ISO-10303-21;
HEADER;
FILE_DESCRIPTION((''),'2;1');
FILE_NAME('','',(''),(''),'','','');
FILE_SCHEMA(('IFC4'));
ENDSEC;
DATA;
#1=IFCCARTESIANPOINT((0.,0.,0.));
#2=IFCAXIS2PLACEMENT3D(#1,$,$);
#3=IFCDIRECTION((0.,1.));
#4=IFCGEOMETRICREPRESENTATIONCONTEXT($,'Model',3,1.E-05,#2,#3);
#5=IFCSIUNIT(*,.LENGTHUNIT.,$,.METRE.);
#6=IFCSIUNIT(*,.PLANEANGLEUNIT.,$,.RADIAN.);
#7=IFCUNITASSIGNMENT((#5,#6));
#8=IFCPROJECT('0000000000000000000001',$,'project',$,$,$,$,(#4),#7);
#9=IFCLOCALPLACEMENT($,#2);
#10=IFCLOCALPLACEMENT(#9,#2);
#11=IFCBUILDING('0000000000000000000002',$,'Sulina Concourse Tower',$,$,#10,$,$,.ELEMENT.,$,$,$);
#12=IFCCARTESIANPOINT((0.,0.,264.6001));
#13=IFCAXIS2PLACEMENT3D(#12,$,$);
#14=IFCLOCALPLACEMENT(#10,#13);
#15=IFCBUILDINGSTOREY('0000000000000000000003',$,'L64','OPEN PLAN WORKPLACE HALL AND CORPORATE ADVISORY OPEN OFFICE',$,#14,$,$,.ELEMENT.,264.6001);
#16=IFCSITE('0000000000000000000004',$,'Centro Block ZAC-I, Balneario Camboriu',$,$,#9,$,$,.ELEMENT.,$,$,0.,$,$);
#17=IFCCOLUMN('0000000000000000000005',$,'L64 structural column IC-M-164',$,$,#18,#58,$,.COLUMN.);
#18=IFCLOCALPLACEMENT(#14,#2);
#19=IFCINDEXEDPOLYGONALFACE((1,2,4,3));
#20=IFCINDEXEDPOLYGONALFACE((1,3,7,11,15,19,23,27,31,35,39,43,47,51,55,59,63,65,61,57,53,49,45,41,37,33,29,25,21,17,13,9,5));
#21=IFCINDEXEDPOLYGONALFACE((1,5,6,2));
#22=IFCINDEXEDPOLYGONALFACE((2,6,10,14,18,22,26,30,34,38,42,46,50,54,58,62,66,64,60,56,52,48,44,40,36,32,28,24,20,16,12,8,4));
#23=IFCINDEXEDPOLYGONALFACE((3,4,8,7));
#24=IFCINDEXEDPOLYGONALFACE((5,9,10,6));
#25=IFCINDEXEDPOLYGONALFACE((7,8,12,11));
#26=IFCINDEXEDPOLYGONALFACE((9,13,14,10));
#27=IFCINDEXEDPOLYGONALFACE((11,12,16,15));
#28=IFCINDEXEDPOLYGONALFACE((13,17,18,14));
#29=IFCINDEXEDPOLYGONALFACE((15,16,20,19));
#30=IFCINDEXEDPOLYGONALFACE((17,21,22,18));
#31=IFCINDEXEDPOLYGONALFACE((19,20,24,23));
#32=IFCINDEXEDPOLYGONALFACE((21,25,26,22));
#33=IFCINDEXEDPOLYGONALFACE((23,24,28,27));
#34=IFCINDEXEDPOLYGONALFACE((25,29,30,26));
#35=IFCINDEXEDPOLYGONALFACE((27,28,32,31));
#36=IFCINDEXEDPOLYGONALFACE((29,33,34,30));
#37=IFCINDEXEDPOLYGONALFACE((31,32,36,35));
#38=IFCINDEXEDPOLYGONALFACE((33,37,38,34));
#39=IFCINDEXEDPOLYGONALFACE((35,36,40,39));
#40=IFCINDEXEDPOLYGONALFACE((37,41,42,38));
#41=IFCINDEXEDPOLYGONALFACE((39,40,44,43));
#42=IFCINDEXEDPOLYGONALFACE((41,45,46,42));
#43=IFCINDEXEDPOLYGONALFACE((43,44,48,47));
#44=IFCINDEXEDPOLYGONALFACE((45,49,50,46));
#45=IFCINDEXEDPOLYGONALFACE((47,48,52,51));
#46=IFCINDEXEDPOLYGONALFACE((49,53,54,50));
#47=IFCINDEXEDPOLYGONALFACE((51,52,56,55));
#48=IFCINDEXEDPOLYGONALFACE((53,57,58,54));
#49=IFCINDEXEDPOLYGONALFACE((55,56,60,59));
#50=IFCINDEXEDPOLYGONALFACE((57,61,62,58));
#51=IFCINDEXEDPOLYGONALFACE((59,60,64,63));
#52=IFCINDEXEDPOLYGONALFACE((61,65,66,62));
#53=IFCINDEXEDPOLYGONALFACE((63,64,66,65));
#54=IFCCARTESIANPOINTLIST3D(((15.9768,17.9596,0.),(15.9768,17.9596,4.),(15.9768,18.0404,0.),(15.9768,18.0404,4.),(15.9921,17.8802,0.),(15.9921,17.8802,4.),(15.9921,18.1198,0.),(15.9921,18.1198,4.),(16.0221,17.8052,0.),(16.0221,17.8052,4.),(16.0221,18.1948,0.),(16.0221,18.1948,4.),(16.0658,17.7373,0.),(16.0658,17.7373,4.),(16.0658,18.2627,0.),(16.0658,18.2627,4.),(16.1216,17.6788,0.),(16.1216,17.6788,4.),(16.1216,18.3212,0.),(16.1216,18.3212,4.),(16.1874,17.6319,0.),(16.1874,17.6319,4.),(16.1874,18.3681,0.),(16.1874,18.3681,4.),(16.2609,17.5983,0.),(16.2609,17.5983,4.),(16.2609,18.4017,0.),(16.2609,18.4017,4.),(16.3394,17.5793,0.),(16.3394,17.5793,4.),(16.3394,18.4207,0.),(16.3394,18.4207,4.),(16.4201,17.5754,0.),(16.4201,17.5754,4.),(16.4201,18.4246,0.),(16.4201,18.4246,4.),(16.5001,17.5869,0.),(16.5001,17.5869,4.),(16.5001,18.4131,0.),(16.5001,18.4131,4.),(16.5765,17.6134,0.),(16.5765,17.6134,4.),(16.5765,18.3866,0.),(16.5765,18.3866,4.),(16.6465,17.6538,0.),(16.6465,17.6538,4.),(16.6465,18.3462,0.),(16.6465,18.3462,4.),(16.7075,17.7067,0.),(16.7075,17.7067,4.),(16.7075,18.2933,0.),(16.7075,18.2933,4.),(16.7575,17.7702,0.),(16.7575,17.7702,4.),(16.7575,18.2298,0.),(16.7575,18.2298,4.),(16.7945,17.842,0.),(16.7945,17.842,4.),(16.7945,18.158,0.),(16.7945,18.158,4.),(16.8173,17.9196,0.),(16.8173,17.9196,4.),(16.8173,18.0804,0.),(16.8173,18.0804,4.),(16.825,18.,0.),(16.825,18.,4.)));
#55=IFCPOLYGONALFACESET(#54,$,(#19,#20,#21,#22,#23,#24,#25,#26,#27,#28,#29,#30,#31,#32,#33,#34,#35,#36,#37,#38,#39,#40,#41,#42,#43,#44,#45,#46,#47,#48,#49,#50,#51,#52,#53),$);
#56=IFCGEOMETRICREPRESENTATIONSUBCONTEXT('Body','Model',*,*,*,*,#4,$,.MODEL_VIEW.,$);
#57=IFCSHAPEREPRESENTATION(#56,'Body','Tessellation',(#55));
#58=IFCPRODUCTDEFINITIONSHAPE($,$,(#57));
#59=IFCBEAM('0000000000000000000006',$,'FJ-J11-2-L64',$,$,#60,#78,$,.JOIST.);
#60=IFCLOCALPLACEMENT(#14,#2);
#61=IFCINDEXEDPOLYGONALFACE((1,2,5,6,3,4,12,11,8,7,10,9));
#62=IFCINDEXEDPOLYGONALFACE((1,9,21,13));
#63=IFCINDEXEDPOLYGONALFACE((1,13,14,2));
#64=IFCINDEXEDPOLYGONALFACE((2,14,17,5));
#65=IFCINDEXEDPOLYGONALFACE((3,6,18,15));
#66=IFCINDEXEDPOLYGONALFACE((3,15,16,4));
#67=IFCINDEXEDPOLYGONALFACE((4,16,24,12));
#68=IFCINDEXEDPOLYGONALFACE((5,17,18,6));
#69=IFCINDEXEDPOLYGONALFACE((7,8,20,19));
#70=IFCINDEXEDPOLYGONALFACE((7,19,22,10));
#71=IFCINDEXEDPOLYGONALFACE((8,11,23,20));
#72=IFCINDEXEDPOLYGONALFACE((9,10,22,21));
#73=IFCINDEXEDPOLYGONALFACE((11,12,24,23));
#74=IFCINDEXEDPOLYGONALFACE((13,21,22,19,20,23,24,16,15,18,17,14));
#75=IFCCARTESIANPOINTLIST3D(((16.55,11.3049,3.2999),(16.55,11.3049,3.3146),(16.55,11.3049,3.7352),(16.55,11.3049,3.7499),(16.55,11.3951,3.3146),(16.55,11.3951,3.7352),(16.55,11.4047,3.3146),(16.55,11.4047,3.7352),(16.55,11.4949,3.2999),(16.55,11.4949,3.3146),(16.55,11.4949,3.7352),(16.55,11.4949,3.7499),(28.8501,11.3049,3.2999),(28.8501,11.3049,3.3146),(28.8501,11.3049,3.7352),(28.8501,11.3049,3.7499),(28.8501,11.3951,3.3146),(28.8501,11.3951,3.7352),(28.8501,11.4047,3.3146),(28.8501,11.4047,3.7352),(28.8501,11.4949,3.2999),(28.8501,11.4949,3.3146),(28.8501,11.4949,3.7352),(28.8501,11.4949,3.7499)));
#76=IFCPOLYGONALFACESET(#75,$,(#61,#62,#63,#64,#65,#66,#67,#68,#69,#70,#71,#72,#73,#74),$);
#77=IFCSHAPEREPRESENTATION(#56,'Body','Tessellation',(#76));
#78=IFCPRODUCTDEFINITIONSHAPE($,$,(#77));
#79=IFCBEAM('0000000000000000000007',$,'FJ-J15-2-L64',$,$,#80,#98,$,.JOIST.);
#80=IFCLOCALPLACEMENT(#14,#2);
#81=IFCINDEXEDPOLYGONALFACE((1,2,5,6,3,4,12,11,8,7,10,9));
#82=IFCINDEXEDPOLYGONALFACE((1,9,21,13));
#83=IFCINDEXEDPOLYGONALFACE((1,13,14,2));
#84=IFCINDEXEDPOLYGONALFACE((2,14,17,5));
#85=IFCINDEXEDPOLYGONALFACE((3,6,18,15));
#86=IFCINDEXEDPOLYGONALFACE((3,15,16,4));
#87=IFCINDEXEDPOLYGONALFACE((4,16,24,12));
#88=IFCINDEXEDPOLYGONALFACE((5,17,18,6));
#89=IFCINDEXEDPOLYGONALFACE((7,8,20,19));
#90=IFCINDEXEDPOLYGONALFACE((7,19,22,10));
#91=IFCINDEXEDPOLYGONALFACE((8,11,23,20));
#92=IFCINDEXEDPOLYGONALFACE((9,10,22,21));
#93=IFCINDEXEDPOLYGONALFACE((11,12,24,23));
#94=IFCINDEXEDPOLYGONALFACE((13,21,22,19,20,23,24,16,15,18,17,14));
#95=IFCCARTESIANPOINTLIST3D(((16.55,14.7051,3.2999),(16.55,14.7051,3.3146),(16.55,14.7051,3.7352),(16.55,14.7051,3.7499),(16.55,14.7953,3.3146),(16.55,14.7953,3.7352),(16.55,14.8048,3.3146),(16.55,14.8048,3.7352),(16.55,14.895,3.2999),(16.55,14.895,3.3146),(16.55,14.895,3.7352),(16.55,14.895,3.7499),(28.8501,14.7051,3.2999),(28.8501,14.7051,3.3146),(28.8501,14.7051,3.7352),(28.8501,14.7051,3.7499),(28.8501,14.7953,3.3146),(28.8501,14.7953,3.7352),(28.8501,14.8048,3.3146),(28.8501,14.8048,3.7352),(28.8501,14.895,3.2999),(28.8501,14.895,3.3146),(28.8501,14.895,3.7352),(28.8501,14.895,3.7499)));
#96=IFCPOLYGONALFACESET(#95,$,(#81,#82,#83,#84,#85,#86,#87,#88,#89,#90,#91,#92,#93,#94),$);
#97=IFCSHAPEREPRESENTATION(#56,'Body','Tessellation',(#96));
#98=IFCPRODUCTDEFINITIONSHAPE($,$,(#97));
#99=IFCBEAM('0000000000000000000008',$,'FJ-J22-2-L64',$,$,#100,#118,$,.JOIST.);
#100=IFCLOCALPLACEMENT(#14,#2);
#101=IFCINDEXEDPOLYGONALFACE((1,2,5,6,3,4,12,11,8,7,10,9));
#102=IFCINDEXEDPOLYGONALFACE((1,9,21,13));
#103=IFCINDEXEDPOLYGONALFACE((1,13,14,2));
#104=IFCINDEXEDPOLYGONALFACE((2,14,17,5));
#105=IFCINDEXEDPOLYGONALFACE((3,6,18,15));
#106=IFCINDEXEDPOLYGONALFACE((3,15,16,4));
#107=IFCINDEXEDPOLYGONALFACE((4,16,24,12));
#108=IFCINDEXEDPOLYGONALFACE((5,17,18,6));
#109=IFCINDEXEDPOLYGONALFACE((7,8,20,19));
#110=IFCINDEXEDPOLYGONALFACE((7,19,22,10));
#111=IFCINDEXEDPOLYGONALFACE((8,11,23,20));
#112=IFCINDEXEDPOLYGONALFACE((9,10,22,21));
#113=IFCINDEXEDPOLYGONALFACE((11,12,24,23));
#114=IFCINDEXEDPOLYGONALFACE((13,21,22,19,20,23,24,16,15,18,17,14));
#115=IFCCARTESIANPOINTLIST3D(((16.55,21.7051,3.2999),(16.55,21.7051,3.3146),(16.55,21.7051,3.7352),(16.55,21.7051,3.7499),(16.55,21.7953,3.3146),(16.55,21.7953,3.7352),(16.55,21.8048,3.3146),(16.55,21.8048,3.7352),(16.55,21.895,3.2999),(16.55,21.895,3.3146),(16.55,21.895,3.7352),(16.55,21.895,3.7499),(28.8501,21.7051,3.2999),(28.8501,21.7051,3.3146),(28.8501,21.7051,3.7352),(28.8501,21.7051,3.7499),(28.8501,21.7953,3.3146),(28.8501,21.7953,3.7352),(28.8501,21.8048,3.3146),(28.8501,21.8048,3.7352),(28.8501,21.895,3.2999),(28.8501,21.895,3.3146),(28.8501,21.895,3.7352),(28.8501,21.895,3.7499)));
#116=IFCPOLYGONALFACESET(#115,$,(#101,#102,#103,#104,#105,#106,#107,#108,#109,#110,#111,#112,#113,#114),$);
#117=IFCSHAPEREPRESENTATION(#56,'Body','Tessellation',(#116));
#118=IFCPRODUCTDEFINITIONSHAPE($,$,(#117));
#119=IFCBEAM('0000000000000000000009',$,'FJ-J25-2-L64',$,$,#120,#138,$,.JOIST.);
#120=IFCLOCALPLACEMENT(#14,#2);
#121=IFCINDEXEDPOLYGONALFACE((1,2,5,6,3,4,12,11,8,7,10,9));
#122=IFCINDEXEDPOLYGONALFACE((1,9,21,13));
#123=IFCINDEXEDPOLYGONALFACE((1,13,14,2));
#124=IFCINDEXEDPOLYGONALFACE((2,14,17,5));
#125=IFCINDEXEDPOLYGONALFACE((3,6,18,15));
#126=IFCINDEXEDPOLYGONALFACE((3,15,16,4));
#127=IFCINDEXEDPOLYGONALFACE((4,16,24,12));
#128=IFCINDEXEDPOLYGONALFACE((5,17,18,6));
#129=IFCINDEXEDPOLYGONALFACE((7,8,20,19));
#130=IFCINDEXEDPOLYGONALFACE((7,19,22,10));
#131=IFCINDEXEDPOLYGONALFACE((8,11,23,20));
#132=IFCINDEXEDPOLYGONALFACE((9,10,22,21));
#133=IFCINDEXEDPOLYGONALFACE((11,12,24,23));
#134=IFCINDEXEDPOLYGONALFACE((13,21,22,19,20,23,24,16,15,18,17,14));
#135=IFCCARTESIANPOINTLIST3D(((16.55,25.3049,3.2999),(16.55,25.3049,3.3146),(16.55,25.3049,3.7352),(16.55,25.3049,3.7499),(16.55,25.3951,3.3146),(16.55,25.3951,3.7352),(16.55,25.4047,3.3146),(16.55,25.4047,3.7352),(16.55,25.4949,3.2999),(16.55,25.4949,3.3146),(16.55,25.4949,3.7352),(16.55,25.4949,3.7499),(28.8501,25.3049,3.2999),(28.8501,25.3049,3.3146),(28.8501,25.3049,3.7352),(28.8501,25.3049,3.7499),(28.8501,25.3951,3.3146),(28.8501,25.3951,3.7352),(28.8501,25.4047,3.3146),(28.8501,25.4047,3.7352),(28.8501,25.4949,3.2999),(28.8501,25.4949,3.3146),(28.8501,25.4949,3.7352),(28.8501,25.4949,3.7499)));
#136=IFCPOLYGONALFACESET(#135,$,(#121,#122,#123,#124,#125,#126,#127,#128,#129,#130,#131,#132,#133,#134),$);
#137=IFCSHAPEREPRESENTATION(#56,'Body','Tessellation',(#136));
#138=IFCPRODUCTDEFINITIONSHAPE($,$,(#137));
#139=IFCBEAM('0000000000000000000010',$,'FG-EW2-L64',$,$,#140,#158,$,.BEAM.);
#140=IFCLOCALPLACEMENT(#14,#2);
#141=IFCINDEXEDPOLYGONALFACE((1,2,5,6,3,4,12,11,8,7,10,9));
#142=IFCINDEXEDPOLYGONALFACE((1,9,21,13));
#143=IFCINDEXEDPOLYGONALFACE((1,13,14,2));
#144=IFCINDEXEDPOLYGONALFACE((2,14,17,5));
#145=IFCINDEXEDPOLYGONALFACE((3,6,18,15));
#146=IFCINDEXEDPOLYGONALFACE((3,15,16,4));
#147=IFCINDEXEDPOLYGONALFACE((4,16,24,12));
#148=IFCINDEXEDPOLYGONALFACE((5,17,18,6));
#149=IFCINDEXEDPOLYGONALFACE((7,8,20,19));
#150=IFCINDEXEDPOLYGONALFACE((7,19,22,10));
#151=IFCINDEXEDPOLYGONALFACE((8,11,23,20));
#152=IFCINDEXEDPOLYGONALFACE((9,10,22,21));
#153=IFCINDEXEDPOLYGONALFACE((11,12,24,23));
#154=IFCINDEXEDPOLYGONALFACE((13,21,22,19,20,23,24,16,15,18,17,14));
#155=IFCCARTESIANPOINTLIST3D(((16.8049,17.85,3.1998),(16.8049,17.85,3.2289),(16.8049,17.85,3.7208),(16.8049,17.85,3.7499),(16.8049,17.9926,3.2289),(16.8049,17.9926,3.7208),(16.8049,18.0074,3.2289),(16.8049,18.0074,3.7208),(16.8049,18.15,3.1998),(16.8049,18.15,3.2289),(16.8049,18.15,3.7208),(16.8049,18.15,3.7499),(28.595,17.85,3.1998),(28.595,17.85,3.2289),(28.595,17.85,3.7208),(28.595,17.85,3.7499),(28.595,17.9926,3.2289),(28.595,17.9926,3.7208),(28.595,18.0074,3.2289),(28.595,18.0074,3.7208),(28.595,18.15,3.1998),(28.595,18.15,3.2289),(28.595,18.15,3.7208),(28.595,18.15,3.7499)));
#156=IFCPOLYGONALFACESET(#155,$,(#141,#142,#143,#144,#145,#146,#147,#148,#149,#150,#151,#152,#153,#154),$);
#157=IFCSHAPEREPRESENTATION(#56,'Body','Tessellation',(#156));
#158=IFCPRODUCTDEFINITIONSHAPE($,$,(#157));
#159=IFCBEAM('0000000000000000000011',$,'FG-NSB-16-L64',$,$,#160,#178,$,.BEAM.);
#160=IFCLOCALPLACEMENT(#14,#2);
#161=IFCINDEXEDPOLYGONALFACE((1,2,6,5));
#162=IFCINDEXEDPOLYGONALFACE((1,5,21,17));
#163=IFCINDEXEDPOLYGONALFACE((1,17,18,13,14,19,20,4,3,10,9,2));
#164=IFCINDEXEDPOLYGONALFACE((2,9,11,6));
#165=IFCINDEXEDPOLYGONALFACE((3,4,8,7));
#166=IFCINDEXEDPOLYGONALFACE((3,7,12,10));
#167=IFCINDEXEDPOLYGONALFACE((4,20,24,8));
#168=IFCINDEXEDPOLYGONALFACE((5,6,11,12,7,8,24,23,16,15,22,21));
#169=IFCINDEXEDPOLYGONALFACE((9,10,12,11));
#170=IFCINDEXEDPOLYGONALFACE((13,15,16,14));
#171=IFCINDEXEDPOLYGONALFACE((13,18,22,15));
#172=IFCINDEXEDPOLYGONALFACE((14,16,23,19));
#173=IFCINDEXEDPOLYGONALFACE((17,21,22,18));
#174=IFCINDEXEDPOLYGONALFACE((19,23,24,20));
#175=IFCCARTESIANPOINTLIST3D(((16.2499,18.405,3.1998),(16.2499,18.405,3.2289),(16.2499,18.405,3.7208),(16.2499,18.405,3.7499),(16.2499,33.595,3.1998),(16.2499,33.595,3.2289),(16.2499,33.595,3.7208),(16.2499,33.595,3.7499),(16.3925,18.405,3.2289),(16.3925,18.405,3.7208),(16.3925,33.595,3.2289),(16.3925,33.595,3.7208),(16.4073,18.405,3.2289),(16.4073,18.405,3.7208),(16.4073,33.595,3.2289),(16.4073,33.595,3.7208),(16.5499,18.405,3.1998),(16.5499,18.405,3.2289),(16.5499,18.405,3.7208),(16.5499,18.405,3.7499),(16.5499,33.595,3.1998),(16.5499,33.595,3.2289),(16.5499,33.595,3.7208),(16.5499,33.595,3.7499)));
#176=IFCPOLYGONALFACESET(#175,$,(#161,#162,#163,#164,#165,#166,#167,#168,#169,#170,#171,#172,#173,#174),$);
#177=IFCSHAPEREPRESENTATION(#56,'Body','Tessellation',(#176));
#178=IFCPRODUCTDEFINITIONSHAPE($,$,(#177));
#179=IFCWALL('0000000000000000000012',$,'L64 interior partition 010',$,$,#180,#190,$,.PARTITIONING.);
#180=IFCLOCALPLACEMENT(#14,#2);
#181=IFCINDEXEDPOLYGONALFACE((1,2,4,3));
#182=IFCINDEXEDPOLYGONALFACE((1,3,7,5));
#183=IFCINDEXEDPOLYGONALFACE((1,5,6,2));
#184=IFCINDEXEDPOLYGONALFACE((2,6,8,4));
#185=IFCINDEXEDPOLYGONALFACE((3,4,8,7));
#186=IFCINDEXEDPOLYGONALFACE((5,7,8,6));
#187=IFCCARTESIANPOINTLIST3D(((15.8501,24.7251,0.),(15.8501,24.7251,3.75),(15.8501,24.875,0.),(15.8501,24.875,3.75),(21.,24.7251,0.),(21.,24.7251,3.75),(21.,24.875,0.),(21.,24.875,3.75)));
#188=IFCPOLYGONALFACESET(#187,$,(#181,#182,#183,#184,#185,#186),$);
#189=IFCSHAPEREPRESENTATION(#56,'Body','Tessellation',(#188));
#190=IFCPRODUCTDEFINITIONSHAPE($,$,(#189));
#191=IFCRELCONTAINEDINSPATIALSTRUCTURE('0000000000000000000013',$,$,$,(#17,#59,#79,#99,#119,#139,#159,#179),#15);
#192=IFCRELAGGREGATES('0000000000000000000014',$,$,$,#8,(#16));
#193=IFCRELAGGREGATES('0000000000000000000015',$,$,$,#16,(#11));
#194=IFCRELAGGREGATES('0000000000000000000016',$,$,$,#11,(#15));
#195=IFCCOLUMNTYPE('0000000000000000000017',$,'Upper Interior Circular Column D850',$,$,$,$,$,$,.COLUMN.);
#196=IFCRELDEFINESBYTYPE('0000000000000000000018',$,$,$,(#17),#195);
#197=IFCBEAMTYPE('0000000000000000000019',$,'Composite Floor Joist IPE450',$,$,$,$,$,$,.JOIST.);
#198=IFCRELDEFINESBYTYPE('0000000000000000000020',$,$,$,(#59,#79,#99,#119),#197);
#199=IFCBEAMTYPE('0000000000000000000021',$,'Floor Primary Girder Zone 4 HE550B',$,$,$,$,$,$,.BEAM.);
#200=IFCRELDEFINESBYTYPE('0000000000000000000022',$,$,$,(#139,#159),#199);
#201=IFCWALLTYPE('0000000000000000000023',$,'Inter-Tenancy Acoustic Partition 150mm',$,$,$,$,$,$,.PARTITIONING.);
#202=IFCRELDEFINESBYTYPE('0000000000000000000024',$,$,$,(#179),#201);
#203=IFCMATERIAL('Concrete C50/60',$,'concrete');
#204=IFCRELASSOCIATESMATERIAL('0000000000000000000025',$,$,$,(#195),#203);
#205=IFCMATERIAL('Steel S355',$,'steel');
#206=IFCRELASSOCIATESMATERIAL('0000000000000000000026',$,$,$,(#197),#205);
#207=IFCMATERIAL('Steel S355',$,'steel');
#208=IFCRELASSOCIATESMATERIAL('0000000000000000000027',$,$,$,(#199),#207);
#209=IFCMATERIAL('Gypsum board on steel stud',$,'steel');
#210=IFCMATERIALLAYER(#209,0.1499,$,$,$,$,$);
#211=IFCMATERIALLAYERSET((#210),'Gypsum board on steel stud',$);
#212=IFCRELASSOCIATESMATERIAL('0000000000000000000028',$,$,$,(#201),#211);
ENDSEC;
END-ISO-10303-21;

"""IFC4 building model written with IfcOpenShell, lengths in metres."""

from ifc_helpers import new_model, si_unit, direction, frame, frame_2d, origin, origin_2d, place, context, subcontext, project, spatial, rectangle, circle, i_section, extrude, material, layer, layer_set, material_profile, profile_set, type_object, element, save


model = new_model("IFC4")

# Units and contexts
model_context = context("Model", 3, precision=1e-05, world=origin(), true_north=direction((0.0, 1.0)))
body_context = subcontext(model_context, "Body", "Model", "MODEL_VIEW")
ifc_project = project(units=[si_unit("LENGTHUNIT", "METRE"), si_unit("PLANEANGLEUNIT", "RADIAN")], contexts=[model_context])

# Site, building, storey
site_placement = place(None, origin())
site = spatial("IfcSite", under=ifc_project, at=site_placement, Name="Centro Block ZAC-I, Balneario Camboriu", CompositionType="ELEMENT", RefElevation=0.0)
building_placement = place(site_placement, origin())
building = spatial("IfcBuilding", under=site, at=building_placement, Name="Sulina Concourse Tower", CompositionType="ELEMENT")
storey_placement = place(building_placement, frame((0.0, 0.0, 264.6001)))
storey = spatial("IfcBuildingStorey", under=building, at=storey_placement, Name="L64", Description="OPEN PLAN WORKPLACE HALL AND CORPORATE ADVISORY OPEN OFFICE", CompositionType="ELEMENT", Elevation=264.6001)

# Column
ifc_material_1 = material(Name="Concrete C50/60", Category="concrete")
ifc_material_profile_1 = material_profile(ifc_material_1, circle(Radius=0.425, at=origin_2d()), Name="RC D850")
ifc_profile_set_1 = profile_set([ifc_material_profile_1], Name="Concrete C50/60")
column_type = type_object("IfcColumnType", Name="Upper Interior Circular Column D850", PredefinedType="COLUMN", material=ifc_profile_set_1)
column_placement = place(storey_placement, frame((16.3999, 18.0, 0.0), z_axis=(0.0, 0.0, 1.0), x_axis=(1.0, 0.0, 0.0)))
element("IfcColumn", 1, at=column_placement, inside=storey, type_object=column_type, Name="L64 structural column IC-M-164", PredefinedType="COLUMN", context=body_context, shape_type="SweptSolid", body=[
    extrude(circle(Radius=0.425, at=origin_2d()), origin(), (0.0, 0.0, 1.0), 4.0),
])

# Beams
ifc_material_2 = material(Name="Steel S355", Category="steel")
ifc_material_profile_2 = material_profile(ifc_material_2, i_section(OverallWidth=0.1899, OverallDepth=0.45, WebThickness=0.0095, FlangeThickness=0.0146, at=origin_2d()), Name="IPE 450")
ifc_profile_set_2 = profile_set([ifc_material_profile_2], Name="Steel S355")
beam_type_1 = type_object("IfcBeamType", Name="Composite Floor Joist IPE450", PredefinedType="JOIST", material=ifc_profile_set_2)
for number, where, z_axis, x_axis, name in (
    (2, (16.55, 11.3999, 3.5249), (1.0, 0.0, 0.0), (0.0, 1.0, 0.0), "FJ-J11-2-L64"),
    (3, (16.55, 14.8, 3.5249), (1.0, 0.0, 0.0), (0.0, 1.0, 0.0), "FJ-J15-2-L64"),
    (4, (16.55, 21.8, 3.5249), (1.0, 0.0, 0.0), (0.0, 1.0, 0.0), "FJ-J22-2-L64"),
    (5, (16.55, 25.3999, 3.5249), (1.0, 0.0, 0.0), (0.0, 1.0, 0.0), "FJ-J25-2-L64"),
):
    element("IfcBeam", number, at=place(storey_placement, frame(where, z_axis=z_axis, x_axis=x_axis)), inside=storey, type_object=beam_type_1, Name=name, PredefinedType="JOIST", context=body_context, shape_type="SweptSolid", body=[
        extrude(i_section(OverallWidth=0.1899, OverallDepth=0.45, WebThickness=0.0095, FlangeThickness=0.0146, at=origin_2d()), origin(), (0.0, 0.0, 1.0), 12.3),
    ])
ifc_material_3 = material(Name="Steel S355", Category="steel")
ifc_material_profile_3 = material_profile(ifc_material_3, i_section(OverallWidth=0.3, OverallDepth=0.55, WebThickness=0.0149, FlangeThickness=0.0291, at=origin_2d()), Name="HE 550 B")
ifc_profile_set_3 = profile_set([ifc_material_profile_3], Name="Steel S355")
beam_type_2 = type_object("IfcBeamType", Name="Floor Primary Girder Zone 4 HE550B", PredefinedType="BEAM", material=ifc_profile_set_3)
beam_1_placement = place(storey_placement, frame((16.8049, 18.0, 3.4749), z_axis=(1.0, 0.0, 0.0), x_axis=(0.0, 1.0, 0.0)))
element("IfcBeam", 6, at=beam_1_placement, inside=storey, type_object=beam_type_2, Name="FG-EW2-L64", PredefinedType="BEAM", context=body_context, shape_type="SweptSolid", body=[
    extrude(i_section(OverallWidth=0.3, OverallDepth=0.55, WebThickness=0.0149, FlangeThickness=0.0291, at=origin_2d()), origin(), (0.0, 0.0, 1.0), 11.79),
])
beam_2_placement = place(storey_placement, frame((16.3999, 18.405, 3.4749), z_axis=(0.0, 1.0, 0.0), x_axis=(-1.0, 0.0, 0.0)))
element("IfcBeam", 7, at=beam_2_placement, inside=storey, type_object=beam_type_2, Name="FG-NSB-16-L64", PredefinedType="BEAM", context=body_context, shape_type="SweptSolid", body=[
    extrude(i_section(OverallWidth=0.3, OverallDepth=0.55, WebThickness=0.0149, FlangeThickness=0.0291, at=origin_2d()), origin(), (0.0, 0.0, 1.0), 15.1899),
])

# Wall
ifc_material_4 = material(Name="Gypsum board on steel stud", Category="steel")
ifc_layer_1 = layer(ifc_material_4, 0.1499)
ifc_layer_set_1 = layer_set([ifc_layer_1], Name="Gypsum board on steel stud")
wall_type_1 = type_object("IfcWallType", Name="Inter-Tenancy Acoustic Partition 150mm", PredefinedType="PARTITIONING", material=ifc_layer_set_1)
wall_1_placement = place(storey_placement, frame((15.8501, 24.8, 0.0), z_axis=(0.0, 0.0, 1.0), x_axis=(1.0, 0.0, 0.0)))
element("IfcWall", 8, at=wall_1_placement, inside=storey, type_object=wall_type_1, Name="L64 interior partition 010", PredefinedType="PARTITIONING", context=body_context, shape_type="SweptSolid", body=[
    extrude(rectangle(XDim=5.1499, YDim=0.1499, at=frame_2d((2.575, 0.0))), origin(), (0.0, 0.0, 1.0), 3.75),
])

save(model, "model.ifc")
